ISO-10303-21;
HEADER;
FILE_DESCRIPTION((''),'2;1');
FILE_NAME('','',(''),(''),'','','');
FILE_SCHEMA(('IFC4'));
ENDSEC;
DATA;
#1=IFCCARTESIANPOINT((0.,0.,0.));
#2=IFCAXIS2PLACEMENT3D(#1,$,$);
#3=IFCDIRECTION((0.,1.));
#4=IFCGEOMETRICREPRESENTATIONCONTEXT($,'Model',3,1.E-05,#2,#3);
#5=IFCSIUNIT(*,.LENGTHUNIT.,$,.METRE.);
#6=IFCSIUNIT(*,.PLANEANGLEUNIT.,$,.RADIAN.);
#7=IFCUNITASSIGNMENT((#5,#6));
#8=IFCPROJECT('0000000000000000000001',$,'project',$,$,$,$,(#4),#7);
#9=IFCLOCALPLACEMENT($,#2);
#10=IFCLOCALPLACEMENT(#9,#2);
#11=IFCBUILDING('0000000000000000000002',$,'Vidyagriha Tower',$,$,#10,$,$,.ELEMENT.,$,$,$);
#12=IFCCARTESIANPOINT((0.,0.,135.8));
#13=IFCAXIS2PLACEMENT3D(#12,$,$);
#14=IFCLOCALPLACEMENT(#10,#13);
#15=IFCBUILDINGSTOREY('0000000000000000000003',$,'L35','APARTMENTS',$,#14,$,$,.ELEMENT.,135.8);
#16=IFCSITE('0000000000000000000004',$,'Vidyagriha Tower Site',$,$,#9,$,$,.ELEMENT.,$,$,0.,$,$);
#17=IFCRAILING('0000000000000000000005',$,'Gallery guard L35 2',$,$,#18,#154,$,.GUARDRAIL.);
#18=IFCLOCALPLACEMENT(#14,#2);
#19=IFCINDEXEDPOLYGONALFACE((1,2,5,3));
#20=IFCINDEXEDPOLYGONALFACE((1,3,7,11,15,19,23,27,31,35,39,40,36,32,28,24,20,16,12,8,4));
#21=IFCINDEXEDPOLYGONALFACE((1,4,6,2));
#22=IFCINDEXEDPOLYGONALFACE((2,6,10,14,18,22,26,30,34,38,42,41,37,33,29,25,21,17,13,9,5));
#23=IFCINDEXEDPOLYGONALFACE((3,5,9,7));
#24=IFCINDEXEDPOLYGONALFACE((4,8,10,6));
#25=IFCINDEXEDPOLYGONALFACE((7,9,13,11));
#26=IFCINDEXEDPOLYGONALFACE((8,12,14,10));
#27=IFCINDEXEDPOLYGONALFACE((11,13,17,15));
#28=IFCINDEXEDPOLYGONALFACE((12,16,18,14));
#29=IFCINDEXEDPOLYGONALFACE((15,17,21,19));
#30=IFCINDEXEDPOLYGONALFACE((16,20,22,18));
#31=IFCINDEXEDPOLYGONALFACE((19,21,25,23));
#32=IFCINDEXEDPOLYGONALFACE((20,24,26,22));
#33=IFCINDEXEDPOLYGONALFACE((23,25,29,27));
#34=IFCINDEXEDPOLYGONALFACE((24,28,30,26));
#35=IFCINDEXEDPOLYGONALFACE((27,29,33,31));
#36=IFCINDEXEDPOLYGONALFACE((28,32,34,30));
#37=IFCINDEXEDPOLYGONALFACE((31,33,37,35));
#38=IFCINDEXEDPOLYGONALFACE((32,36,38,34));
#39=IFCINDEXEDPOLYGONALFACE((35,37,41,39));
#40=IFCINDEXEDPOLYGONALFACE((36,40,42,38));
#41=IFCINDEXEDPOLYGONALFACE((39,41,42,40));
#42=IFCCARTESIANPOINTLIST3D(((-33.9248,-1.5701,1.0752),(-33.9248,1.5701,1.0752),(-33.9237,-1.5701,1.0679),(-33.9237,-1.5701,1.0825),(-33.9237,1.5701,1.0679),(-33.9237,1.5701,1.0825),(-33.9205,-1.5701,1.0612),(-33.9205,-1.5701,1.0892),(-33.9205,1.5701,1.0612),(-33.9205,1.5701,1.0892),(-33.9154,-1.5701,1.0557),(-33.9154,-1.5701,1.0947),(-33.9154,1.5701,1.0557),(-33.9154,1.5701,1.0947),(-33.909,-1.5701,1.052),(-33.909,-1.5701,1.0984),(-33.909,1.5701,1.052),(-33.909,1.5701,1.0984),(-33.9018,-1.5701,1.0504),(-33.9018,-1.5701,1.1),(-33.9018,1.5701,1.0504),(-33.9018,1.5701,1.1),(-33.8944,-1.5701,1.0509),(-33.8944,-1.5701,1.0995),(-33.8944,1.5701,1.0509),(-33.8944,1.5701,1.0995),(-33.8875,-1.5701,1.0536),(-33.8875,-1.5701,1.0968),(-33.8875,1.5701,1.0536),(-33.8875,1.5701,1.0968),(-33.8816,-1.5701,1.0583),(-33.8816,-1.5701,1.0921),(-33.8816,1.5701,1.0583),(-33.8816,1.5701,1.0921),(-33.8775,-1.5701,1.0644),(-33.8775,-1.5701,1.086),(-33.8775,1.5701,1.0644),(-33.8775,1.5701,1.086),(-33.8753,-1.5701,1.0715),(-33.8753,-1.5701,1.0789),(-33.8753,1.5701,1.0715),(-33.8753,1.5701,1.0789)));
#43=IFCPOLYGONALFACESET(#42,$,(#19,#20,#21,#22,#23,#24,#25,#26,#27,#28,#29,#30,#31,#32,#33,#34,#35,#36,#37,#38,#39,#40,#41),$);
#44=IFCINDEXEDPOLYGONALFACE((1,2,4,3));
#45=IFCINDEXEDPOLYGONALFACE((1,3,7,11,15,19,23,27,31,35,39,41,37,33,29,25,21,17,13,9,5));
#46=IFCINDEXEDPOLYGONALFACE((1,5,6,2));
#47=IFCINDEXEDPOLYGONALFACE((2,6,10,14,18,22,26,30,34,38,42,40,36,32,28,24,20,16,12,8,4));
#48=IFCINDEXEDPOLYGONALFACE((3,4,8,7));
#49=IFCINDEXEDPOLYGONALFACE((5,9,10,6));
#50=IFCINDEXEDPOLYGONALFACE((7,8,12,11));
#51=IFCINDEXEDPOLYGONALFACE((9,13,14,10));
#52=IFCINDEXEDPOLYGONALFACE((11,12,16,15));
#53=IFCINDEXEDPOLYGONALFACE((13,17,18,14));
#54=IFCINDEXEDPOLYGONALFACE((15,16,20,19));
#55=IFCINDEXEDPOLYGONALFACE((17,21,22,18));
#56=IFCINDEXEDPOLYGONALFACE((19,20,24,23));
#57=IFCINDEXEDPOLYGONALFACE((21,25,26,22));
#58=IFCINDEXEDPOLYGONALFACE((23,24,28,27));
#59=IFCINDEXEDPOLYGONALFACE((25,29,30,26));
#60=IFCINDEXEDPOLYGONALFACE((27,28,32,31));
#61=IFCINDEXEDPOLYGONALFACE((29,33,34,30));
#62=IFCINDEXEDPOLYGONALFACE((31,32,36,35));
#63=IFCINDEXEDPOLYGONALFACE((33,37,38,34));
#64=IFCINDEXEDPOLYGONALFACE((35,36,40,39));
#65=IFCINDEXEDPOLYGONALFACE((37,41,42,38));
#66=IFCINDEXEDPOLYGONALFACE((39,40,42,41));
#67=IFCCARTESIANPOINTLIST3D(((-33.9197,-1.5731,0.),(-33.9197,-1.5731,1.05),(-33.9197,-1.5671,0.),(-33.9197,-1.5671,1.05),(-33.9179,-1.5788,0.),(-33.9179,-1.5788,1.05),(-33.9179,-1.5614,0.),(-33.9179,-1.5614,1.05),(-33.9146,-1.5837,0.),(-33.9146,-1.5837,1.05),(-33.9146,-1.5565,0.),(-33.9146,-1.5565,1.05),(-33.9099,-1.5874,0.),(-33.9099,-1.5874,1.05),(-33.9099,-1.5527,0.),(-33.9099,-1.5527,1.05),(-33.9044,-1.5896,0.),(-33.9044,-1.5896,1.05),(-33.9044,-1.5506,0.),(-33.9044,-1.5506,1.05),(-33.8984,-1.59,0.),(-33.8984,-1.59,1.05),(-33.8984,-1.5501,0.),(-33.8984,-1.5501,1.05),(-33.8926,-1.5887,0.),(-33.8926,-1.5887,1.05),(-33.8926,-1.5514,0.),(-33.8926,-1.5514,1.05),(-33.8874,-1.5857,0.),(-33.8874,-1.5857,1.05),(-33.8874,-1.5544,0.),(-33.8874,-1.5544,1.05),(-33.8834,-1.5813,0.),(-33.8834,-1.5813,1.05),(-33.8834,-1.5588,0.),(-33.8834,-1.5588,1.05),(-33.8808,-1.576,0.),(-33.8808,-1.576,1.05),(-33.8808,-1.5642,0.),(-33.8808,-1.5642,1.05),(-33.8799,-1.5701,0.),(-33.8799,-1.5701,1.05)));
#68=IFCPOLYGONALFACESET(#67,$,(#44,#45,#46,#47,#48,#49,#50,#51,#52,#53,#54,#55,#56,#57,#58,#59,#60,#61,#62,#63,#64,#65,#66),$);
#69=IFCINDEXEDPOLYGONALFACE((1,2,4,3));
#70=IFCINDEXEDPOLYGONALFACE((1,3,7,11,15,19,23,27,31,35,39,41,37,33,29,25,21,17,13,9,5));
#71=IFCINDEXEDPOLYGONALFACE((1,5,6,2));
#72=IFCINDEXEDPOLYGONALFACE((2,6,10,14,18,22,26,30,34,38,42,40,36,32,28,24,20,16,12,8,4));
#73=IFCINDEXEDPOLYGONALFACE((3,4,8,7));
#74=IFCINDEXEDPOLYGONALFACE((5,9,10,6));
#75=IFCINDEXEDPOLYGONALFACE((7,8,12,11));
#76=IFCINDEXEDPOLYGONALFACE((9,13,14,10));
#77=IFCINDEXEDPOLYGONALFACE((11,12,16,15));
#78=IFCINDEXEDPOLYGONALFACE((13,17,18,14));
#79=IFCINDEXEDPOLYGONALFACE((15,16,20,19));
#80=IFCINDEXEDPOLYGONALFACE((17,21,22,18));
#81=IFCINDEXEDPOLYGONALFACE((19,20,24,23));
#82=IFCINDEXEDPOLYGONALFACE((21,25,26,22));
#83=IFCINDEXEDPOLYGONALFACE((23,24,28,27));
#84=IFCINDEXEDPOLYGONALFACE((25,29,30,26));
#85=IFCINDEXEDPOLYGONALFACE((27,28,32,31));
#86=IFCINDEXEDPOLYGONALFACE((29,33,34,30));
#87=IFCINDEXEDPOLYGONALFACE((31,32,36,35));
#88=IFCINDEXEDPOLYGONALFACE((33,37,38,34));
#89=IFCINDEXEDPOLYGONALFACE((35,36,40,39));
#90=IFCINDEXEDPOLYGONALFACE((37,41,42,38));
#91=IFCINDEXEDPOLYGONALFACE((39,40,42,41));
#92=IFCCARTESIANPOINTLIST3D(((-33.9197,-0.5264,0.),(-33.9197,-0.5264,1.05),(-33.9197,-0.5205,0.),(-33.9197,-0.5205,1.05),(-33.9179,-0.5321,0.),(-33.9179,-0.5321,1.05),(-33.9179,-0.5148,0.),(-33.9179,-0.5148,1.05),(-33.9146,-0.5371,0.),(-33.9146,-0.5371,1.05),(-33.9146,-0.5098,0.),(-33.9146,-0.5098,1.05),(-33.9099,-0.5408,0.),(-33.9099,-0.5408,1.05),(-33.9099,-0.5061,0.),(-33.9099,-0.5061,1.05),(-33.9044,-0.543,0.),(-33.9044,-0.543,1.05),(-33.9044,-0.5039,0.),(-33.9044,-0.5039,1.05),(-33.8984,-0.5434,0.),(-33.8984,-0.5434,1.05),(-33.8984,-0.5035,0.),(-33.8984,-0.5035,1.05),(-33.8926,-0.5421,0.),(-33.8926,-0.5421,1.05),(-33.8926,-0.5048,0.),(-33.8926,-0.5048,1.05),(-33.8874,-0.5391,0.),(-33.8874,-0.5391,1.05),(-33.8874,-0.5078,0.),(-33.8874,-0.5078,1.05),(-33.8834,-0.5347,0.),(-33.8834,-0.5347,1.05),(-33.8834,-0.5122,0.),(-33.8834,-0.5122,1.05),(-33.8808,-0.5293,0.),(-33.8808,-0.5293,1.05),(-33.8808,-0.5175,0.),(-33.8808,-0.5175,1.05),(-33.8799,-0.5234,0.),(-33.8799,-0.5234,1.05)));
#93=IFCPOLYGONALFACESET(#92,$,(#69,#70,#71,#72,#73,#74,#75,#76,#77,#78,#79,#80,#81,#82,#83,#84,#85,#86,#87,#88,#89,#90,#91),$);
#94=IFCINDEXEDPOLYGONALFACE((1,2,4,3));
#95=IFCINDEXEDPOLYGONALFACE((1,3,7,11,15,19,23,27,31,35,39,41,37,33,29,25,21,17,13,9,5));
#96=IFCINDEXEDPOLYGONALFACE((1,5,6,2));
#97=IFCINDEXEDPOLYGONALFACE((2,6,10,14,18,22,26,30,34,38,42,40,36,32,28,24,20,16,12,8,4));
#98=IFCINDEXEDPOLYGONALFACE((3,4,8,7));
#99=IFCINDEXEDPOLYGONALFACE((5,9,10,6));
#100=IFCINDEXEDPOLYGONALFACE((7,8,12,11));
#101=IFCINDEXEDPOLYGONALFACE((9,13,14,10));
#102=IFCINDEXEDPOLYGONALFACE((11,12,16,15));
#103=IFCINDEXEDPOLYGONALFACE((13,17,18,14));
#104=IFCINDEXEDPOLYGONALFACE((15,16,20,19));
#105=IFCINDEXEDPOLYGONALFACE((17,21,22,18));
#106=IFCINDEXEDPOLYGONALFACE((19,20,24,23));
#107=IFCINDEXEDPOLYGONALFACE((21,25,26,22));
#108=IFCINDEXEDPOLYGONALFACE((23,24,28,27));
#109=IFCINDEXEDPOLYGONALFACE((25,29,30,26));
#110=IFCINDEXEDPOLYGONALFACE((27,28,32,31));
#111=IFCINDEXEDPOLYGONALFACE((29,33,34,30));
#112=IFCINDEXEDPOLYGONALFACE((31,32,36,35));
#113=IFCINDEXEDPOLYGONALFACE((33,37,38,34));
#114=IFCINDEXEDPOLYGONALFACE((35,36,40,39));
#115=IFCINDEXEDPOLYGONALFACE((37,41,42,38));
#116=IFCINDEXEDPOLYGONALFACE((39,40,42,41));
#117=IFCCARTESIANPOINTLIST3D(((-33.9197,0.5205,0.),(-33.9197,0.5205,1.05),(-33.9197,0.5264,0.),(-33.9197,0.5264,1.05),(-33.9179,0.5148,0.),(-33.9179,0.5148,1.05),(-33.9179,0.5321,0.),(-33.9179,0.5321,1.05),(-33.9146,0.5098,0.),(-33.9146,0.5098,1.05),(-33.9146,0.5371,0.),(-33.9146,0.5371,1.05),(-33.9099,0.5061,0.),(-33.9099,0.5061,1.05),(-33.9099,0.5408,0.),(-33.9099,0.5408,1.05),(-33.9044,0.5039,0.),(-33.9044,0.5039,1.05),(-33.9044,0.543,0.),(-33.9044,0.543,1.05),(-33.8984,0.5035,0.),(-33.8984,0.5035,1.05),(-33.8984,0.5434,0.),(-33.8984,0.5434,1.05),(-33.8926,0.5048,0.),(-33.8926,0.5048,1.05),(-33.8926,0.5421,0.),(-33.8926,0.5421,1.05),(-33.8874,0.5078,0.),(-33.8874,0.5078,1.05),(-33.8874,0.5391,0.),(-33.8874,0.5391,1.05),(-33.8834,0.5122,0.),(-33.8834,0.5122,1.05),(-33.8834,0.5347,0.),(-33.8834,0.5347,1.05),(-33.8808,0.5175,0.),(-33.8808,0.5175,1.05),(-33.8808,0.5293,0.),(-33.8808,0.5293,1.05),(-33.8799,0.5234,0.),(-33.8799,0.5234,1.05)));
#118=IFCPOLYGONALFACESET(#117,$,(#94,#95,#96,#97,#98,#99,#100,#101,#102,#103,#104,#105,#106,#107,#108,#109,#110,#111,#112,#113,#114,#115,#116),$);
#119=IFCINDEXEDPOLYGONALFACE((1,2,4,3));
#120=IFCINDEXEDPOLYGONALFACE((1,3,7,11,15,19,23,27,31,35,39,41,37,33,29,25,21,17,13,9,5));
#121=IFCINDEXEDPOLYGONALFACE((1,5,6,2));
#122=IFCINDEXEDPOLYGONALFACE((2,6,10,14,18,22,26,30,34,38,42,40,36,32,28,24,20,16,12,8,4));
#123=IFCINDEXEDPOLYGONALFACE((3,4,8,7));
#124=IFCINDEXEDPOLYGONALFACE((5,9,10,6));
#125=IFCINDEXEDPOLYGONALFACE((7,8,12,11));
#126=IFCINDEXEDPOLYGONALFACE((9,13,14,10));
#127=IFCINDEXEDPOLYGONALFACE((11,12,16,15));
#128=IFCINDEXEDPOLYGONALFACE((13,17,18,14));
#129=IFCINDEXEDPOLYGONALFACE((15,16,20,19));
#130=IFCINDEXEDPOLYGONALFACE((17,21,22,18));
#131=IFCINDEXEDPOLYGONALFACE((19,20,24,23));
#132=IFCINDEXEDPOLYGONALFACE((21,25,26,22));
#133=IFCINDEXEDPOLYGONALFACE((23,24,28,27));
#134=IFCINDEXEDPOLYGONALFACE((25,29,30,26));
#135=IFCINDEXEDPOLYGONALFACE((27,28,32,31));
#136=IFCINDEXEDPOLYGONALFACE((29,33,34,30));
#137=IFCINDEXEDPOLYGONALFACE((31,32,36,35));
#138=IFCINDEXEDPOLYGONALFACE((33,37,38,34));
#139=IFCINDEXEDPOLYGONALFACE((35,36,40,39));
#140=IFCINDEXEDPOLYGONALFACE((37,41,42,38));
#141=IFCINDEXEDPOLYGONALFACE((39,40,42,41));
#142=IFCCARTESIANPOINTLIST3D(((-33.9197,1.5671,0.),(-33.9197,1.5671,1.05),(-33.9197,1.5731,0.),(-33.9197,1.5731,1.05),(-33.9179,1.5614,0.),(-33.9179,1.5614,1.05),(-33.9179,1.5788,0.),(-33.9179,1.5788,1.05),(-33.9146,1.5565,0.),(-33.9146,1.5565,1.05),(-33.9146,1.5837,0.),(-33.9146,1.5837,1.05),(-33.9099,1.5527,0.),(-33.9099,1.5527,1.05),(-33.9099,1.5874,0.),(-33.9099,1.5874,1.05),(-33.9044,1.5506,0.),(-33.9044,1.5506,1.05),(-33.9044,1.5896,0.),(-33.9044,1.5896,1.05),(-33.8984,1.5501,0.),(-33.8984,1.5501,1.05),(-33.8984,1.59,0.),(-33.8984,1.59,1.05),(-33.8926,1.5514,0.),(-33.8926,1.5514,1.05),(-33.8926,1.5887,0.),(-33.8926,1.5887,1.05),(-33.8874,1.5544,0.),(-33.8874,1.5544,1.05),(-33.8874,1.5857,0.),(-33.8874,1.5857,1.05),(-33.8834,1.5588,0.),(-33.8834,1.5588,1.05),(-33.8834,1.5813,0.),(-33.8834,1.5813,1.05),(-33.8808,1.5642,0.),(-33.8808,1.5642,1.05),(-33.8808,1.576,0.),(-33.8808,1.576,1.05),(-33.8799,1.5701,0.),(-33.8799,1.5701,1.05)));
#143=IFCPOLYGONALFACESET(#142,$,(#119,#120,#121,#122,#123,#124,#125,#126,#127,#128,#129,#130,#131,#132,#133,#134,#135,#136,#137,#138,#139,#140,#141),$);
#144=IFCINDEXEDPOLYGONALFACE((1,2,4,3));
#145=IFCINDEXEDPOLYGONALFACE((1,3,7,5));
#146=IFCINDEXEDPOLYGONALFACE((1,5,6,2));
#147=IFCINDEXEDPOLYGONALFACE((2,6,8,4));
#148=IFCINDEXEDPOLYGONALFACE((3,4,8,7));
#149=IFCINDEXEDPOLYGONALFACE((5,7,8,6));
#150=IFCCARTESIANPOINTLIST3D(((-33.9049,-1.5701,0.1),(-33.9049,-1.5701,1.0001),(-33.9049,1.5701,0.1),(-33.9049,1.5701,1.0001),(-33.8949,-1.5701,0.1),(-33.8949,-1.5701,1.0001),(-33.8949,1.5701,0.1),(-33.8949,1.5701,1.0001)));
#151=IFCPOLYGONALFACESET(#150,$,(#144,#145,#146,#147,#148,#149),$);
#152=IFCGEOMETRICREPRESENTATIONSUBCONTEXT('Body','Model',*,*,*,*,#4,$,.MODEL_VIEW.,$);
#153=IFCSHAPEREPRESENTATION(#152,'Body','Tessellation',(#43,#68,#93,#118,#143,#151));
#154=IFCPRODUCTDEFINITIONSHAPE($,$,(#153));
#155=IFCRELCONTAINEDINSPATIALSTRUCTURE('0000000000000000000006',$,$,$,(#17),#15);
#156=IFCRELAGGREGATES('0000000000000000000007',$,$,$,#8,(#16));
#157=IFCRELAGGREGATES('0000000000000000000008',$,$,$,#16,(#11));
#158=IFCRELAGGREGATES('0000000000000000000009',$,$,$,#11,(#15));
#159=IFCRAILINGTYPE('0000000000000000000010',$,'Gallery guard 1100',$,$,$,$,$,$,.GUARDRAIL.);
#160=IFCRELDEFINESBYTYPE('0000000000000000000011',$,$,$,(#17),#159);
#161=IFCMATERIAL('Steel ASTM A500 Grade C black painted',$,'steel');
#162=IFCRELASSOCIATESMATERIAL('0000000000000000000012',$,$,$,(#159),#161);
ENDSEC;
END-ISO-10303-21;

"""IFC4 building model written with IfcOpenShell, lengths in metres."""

from ifc_helpers import new_model, si_unit, direction, frame, origin, origin_2d, place, context, subcontext, project, spatial, rectangle, circle, extrude, material, type_object, element, save


model = new_model("IFC4")

# Units and contexts
model_context = context("Model", 3, precision=1e-05, world=origin(), true_north=direction((0.0, 1.0)))
body_context = subcontext(model_context, "Body", "Model", "MODEL_VIEW")
ifc_project = project(units=[si_unit("LENGTHUNIT", "METRE"), si_unit("PLANEANGLEUNIT", "RADIAN")], contexts=[model_context])

# Site, building, storey
site_placement = place(None, origin())
site = spatial("IfcSite", under=ifc_project, at=site_placement, Name="Vidyagriha Tower Site", CompositionType="ELEMENT", RefElevation=0.0)
building_placement = place(site_placement, origin())
building = spatial("IfcBuilding", under=site, at=building_placement, Name="Vidyagriha Tower", CompositionType="ELEMENT")
storey_placement = place(building_placement, frame((0.0, 0.0, 135.8)))
storey = spatial("IfcBuildingStorey", under=building, at=storey_placement, Name="L35", Description="APARTMENTS", CompositionType="ELEMENT", Elevation=135.8)

# Railing
ifc_material_1 = material(Name="Steel ASTM A500 Grade C black painted", Category="steel")
railing_type_1 = type_object("IfcRailingType", Name="Gallery guard 1100", PredefinedType="GUARDRAIL", material=ifc_material_1)
railing_1_placement = place(storey_placement, frame((-33.8999, -1.5701, 0.0)))
element("IfcRailing", 1, at=railing_1_placement, inside=storey, type_object=railing_type_1, Name="Gallery guard L35 2", PredefinedType="GUARDRAIL", context=body_context, shape_type="SweptSolid", body=[
    extrude(circle(Radius=0.0249, at=origin_2d()), frame((0.0, 0.0, 1.0752), z_axis=(0.0, 1.0, 0.0), x_axis=(-1.0, 0.0, 0.0)), (0.0, 0.0, 1.0), 3.1401),
    extrude(circle(Radius=0.02, at=origin_2d()), origin(), (0.0, 0.0, 1.0), 1.05),
    extrude(circle(Radius=0.02, at=origin_2d()), frame((0.0, 1.0466, 0.0)), (0.0, 0.0, 1.0), 1.05),
    extrude(circle(Radius=0.02, at=origin_2d()), frame((0.0, 2.0935, 0.0)), (0.0, 0.0, 1.0), 1.05),
    extrude(circle(Radius=0.02, at=origin_2d()), frame((0.0, 3.1401, 0.0)), (0.0, 0.0, 1.0), 1.05),
    extrude(rectangle(XDim=0.01, YDim=0.9001, at=origin_2d()), frame((0.0, 0.0, 0.55), z_axis=(0.0, 1.0, 0.0), x_axis=(-1.0, 0.0, 0.0)), (0.0, 0.0, 1.0), 3.1401),
])

save(model, "model.ifc")
